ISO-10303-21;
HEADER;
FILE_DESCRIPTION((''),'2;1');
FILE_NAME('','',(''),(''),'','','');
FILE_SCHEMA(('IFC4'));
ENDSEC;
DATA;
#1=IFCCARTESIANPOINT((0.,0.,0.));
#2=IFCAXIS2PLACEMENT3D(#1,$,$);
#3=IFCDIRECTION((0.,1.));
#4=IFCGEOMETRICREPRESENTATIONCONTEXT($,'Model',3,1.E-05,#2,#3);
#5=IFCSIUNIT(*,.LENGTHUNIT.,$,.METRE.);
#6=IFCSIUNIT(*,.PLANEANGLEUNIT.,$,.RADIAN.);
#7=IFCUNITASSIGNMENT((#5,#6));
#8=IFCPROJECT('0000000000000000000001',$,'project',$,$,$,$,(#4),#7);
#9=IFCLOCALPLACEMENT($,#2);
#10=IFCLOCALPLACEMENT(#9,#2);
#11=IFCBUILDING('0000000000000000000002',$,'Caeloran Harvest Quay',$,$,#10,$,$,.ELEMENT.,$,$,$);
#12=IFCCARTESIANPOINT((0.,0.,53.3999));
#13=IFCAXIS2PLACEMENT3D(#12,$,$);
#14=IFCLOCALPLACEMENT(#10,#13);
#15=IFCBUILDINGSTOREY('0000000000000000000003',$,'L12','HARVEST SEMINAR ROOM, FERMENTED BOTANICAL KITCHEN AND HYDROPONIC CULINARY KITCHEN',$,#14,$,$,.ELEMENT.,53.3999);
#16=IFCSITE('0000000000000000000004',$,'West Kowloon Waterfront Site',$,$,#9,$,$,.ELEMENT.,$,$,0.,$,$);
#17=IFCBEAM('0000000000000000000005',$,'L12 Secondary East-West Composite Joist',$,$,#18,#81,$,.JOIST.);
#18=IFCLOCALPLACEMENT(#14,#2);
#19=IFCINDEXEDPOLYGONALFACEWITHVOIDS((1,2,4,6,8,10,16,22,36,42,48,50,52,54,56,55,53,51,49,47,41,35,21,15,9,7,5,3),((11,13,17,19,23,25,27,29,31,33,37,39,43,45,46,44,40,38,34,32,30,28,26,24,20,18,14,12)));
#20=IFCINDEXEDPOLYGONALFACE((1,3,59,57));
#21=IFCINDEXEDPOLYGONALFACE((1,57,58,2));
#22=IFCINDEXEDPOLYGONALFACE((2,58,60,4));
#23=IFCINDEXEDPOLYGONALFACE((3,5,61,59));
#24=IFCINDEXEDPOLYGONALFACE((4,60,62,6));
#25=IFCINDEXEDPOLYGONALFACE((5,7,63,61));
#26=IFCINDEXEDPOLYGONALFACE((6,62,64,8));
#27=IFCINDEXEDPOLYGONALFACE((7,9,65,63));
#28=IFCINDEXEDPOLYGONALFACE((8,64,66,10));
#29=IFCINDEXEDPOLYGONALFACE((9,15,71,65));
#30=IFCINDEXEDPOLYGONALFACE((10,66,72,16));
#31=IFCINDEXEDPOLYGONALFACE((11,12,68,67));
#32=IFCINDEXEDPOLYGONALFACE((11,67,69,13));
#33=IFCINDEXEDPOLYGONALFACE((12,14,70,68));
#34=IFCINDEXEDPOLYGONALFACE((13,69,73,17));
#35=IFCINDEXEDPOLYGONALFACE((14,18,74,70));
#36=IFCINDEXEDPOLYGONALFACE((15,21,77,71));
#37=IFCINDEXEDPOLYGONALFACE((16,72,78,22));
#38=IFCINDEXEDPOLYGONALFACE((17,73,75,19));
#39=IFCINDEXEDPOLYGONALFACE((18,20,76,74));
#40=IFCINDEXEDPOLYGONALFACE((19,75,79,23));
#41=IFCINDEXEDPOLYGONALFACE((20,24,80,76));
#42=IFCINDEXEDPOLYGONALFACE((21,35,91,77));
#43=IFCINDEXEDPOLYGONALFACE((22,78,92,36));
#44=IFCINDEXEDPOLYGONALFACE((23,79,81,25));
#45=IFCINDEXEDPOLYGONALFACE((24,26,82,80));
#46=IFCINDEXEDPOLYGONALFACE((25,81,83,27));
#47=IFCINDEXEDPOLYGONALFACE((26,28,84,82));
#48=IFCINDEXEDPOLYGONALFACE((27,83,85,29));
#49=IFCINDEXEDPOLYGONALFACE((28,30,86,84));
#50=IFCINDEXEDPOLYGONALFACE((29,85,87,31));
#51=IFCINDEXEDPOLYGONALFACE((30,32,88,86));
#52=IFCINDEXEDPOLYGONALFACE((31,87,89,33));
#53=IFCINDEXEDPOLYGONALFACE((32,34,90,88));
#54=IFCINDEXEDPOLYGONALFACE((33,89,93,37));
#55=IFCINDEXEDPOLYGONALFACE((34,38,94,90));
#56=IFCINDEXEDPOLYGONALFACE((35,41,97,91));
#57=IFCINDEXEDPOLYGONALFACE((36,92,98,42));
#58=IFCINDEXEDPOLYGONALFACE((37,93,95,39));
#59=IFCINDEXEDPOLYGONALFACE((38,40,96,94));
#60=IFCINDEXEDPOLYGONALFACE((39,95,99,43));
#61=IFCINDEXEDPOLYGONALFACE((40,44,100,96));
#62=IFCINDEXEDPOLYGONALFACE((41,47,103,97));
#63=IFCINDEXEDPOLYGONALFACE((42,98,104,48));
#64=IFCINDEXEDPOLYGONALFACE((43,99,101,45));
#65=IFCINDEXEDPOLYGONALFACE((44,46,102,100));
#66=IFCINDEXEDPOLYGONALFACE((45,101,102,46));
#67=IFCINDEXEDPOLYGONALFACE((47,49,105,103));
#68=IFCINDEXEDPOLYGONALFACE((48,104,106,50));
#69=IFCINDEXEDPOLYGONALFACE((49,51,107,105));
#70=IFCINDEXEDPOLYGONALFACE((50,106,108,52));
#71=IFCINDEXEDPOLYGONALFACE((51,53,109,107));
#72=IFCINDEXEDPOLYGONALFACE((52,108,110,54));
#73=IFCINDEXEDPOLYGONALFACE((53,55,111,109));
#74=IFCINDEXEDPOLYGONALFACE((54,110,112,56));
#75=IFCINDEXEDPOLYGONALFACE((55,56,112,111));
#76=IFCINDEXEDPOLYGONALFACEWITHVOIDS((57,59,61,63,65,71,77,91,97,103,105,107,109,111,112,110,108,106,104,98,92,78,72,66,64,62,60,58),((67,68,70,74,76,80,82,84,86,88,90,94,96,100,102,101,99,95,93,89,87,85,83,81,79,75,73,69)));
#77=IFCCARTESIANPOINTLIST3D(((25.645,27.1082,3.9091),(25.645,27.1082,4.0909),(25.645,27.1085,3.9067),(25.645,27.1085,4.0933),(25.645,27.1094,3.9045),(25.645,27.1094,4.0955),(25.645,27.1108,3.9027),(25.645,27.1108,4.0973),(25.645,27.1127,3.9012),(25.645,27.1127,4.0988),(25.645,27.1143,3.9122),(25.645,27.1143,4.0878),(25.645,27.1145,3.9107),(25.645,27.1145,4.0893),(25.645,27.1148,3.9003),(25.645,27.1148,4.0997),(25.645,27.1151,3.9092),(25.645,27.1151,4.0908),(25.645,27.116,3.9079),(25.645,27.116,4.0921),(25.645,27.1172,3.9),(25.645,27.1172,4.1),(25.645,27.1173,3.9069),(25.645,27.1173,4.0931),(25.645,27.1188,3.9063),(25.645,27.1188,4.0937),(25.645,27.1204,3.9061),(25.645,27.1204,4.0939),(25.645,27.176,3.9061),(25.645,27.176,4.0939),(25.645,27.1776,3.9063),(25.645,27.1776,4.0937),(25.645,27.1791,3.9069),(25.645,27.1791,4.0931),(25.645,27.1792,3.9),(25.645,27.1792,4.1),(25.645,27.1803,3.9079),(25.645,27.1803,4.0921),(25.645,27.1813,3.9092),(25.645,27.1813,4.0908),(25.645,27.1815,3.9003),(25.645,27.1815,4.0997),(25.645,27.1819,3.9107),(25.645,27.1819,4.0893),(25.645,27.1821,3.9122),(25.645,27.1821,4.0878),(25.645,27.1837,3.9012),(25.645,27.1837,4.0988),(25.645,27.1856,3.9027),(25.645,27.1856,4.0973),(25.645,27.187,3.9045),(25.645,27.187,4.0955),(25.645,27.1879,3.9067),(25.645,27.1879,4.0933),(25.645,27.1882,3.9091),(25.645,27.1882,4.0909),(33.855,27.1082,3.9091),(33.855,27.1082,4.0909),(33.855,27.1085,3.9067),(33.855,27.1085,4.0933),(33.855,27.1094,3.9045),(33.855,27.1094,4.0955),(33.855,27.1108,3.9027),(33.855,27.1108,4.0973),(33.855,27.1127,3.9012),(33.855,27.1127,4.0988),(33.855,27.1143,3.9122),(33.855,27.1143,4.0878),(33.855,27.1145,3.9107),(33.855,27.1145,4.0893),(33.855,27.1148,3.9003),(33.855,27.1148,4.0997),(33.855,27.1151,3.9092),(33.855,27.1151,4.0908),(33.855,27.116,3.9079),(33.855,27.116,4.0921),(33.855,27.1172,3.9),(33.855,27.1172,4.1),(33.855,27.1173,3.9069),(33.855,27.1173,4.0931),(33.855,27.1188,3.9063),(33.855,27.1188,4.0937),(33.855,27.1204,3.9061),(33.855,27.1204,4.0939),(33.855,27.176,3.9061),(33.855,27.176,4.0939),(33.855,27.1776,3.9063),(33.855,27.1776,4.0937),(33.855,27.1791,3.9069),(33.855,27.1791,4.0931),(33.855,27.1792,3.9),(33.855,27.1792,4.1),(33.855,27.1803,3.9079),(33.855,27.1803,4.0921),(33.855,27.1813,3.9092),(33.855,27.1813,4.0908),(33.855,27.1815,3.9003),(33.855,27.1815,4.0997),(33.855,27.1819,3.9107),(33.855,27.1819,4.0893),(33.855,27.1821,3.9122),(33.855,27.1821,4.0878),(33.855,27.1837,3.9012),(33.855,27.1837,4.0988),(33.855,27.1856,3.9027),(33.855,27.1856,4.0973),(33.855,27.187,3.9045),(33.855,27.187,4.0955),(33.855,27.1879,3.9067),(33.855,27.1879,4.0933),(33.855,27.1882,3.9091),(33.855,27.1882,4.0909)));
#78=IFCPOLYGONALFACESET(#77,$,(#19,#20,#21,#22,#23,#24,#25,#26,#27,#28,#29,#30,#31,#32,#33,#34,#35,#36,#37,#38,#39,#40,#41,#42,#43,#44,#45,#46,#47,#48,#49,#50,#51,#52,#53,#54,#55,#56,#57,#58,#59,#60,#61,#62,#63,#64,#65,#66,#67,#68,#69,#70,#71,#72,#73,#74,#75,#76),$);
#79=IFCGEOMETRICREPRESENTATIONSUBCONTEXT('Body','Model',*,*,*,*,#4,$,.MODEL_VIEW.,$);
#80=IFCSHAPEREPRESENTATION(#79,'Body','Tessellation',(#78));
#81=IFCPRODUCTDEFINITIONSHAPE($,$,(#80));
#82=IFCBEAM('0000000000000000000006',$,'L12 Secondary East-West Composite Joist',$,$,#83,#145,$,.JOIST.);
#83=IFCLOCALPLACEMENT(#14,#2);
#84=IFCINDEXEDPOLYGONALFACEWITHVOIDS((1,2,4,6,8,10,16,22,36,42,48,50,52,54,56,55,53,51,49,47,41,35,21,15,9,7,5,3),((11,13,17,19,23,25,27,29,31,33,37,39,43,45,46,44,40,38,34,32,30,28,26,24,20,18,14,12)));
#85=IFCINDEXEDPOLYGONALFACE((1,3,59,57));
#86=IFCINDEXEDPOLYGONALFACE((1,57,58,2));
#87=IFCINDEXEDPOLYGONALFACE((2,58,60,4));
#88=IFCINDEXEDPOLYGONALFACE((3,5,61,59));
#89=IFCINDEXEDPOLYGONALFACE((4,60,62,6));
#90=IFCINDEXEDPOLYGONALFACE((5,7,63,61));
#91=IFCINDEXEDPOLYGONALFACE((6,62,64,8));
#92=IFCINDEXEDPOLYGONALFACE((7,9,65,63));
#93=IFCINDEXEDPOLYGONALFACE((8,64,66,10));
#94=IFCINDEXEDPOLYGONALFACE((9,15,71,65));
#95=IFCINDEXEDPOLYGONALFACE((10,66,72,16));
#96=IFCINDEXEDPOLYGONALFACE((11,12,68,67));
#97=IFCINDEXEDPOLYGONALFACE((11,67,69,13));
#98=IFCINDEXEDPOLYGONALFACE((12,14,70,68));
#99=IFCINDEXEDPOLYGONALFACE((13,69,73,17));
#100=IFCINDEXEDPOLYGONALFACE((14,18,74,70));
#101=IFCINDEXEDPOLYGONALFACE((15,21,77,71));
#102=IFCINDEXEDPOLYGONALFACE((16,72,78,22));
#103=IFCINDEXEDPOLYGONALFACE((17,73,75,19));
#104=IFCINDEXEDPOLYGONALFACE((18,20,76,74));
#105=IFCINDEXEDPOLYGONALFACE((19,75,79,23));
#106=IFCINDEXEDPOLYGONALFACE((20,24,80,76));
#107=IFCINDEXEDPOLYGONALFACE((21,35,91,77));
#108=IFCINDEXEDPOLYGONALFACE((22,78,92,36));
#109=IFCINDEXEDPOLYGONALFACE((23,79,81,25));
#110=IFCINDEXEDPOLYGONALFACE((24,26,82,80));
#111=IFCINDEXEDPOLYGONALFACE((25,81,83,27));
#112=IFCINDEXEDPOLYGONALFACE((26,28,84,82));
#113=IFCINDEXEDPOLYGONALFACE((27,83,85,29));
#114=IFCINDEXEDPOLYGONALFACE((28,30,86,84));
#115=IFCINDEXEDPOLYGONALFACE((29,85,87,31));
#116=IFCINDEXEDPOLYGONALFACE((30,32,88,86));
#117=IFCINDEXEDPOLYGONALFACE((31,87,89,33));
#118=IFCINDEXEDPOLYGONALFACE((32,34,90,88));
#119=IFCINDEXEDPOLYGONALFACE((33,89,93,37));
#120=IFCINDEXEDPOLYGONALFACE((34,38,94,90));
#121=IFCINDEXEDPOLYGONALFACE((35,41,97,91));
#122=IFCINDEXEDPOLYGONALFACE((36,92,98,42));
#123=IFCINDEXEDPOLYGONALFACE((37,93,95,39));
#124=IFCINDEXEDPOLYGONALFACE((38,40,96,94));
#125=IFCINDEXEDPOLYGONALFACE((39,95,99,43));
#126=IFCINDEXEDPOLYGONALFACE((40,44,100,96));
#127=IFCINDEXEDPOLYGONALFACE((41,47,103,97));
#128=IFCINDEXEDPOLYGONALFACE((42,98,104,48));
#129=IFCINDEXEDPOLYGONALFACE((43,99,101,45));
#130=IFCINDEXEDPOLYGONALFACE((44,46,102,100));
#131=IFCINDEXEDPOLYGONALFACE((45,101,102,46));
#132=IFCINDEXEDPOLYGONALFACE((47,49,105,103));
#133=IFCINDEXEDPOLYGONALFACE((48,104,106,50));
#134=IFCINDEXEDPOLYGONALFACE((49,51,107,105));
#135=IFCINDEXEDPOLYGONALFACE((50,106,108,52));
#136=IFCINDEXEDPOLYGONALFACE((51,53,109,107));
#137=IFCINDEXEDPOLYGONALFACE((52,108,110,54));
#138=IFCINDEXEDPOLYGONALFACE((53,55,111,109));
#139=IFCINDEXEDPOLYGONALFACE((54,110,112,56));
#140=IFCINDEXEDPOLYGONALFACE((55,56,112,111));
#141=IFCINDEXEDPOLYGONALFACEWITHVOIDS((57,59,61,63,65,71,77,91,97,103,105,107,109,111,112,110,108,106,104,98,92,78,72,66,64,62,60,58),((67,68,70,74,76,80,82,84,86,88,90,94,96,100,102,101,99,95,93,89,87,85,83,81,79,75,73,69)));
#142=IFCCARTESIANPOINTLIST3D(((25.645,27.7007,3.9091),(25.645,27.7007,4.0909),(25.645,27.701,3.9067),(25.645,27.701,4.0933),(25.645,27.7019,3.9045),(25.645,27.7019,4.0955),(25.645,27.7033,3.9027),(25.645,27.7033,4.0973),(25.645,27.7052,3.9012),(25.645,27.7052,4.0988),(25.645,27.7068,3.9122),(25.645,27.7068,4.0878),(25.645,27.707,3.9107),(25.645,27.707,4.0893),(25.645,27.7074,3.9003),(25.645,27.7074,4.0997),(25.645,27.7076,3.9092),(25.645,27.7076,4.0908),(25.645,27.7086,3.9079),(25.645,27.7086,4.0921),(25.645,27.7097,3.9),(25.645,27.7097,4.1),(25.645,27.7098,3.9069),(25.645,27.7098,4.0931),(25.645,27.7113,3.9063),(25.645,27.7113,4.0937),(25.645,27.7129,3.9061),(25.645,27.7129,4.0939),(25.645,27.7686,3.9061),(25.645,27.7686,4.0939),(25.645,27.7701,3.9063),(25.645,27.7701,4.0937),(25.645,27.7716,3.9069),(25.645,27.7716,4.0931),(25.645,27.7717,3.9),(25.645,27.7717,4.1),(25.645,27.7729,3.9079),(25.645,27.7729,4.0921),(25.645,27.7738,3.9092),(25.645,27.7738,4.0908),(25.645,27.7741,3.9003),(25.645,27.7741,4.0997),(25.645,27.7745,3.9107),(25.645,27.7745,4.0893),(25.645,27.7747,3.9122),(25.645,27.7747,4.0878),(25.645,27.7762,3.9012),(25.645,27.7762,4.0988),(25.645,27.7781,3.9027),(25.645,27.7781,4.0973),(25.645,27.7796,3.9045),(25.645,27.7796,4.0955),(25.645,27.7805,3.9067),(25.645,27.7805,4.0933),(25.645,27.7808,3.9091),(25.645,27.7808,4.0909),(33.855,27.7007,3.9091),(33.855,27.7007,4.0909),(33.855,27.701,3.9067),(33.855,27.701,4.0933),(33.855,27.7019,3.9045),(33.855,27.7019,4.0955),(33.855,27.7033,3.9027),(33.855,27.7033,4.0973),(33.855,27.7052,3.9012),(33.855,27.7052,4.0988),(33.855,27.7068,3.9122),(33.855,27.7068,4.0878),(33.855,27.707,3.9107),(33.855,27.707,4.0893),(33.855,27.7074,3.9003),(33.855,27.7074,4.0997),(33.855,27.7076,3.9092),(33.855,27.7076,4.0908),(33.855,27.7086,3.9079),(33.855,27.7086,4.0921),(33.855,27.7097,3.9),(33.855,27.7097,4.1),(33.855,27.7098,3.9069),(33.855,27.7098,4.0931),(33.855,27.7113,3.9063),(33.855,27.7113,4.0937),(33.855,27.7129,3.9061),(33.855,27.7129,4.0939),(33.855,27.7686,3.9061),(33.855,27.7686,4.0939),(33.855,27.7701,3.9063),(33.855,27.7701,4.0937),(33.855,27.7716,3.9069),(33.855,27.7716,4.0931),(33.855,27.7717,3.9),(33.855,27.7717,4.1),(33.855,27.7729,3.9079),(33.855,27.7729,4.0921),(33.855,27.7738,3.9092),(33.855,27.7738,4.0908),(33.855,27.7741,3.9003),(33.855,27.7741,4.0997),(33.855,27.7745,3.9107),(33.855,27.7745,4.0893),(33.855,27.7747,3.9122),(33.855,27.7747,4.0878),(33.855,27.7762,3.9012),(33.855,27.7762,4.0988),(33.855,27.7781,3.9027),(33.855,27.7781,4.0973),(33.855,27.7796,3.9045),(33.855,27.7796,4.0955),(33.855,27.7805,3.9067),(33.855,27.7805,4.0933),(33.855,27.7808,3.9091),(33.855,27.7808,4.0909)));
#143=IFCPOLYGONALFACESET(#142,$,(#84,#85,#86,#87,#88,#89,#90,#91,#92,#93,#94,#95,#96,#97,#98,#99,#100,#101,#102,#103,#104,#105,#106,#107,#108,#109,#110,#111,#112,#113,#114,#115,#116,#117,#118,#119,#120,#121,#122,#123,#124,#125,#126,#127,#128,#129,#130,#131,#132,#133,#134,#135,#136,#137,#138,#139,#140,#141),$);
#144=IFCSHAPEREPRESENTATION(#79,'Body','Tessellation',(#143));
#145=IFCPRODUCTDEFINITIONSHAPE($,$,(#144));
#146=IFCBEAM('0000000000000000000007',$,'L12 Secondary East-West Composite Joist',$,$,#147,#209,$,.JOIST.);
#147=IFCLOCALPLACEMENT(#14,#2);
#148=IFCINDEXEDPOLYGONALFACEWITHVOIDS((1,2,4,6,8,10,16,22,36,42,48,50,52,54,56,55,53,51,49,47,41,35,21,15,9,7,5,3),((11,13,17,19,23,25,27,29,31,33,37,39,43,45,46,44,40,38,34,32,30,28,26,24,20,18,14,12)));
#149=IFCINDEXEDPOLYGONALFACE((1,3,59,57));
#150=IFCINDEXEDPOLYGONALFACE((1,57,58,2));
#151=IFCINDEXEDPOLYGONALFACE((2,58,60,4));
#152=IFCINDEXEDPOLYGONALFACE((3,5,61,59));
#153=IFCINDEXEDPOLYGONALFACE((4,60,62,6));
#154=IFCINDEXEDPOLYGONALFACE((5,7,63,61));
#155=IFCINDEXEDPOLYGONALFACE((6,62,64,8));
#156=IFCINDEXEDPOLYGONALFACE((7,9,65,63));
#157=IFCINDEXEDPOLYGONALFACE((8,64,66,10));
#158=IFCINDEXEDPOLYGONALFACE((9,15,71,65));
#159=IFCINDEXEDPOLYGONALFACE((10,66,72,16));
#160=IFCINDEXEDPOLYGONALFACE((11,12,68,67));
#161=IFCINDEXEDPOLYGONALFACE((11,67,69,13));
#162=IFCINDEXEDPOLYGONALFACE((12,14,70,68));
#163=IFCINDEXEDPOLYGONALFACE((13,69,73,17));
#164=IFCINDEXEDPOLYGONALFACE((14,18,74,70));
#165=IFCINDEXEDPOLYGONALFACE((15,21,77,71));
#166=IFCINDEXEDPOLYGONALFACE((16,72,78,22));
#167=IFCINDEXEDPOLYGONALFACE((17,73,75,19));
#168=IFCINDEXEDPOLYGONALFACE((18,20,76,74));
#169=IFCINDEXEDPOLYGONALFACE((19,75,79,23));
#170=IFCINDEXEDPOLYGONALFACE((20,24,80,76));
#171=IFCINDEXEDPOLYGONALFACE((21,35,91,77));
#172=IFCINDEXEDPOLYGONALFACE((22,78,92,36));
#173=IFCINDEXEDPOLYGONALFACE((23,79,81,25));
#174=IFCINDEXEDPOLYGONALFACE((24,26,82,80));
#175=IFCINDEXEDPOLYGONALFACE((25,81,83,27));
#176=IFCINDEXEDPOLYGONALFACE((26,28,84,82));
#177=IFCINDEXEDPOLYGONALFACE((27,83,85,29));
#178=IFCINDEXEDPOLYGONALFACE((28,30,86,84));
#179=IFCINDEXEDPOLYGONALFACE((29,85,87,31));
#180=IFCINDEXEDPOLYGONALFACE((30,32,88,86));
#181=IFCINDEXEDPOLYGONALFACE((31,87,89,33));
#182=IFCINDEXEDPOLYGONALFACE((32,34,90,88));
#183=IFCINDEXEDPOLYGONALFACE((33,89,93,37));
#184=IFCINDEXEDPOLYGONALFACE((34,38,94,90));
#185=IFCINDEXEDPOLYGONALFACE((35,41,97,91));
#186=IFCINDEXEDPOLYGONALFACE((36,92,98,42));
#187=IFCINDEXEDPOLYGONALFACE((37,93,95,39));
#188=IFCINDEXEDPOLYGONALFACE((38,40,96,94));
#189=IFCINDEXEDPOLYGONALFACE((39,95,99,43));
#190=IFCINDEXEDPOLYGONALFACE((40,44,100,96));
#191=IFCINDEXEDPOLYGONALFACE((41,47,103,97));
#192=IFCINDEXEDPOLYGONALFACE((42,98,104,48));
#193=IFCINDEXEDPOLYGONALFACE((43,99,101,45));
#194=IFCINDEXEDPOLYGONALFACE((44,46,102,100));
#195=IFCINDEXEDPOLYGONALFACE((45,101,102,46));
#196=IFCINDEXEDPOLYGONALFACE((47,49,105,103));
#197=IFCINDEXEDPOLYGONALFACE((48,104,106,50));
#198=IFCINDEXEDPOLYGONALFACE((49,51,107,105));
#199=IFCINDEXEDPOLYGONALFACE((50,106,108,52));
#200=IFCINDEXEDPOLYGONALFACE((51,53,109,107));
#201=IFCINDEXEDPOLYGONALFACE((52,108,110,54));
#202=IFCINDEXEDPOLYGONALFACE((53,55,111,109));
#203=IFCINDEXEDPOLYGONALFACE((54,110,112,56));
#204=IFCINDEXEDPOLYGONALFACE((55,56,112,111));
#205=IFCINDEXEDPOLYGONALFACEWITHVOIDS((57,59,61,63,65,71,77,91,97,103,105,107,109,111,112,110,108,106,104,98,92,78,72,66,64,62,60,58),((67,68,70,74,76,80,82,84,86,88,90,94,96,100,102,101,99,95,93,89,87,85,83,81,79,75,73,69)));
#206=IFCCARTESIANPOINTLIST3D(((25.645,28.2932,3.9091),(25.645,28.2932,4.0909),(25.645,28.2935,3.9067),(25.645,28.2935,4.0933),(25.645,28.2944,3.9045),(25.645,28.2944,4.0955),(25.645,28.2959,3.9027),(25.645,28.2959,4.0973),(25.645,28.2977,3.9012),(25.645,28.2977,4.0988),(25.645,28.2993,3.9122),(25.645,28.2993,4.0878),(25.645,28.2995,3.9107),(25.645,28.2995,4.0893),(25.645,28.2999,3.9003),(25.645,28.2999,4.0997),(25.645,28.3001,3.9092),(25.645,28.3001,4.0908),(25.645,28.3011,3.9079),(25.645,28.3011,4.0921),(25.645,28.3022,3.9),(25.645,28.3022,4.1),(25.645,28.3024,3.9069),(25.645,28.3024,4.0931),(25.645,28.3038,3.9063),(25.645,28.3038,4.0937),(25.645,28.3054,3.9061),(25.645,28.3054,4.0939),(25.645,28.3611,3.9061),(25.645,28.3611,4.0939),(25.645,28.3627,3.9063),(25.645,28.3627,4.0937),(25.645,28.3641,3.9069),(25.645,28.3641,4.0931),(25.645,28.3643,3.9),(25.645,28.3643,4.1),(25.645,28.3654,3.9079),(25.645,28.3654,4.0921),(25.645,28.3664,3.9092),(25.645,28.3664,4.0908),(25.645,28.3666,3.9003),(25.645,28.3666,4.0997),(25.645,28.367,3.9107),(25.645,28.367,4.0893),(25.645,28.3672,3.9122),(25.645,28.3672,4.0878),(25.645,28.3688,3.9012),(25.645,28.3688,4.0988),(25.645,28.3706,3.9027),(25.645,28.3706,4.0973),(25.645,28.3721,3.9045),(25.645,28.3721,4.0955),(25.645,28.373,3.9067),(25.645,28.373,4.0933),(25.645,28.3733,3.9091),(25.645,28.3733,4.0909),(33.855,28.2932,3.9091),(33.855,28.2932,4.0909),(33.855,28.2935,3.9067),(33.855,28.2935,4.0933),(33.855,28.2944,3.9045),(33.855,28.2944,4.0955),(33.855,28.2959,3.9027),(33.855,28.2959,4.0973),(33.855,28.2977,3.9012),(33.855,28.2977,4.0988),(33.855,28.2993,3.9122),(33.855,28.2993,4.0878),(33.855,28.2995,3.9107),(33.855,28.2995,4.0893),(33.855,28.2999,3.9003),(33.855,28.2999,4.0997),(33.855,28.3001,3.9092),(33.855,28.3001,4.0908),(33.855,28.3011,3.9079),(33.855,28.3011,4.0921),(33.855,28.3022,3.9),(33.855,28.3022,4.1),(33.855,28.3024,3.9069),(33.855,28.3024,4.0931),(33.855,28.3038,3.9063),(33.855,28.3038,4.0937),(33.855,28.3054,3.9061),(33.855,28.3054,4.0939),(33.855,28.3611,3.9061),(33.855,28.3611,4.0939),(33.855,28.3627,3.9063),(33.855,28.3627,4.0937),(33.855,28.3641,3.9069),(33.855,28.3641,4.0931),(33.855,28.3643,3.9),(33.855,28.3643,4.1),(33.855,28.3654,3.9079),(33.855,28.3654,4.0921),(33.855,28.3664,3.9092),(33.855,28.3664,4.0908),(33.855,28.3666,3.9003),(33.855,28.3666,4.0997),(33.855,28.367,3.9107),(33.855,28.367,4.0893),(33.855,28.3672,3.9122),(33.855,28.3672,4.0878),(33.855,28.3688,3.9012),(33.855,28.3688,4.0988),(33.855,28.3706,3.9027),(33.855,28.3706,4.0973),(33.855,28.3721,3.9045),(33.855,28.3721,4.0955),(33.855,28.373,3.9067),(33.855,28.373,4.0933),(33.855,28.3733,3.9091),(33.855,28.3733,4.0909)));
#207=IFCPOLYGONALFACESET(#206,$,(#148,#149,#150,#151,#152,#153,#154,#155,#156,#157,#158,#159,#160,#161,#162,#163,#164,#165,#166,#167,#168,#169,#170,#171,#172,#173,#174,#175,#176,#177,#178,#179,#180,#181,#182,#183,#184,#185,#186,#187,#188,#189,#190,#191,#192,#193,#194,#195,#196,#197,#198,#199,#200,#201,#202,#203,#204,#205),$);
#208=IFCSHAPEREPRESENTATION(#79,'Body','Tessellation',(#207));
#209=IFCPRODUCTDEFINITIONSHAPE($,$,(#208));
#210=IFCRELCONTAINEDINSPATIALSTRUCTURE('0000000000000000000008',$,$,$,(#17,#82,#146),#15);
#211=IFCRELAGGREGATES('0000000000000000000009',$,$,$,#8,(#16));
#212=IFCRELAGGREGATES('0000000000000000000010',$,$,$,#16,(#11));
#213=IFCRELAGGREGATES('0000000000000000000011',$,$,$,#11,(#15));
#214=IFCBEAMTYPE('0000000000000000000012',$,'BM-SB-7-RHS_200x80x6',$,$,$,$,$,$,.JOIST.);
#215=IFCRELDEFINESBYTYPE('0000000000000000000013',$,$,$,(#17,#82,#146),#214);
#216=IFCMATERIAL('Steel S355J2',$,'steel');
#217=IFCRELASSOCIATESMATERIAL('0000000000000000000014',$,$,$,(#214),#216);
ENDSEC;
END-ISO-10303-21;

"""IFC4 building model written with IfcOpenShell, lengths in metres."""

from ifc_helpers import new_model, si_unit, direction, frame, origin, origin_2d, place, context, subcontext, project, spatial, hollow_rectangle, extrude, material, material_profile, profile_set, type_object, element, save


model = new_model("IFC4")

# Units and contexts
model_context = context("Model", 3, precision=1e-05, world=origin(), true_north=direction((0.0, 1.0)))
body_context = subcontext(model_context, "Body", "Model", "MODEL_VIEW")
ifc_project = project(units=[si_unit("LENGTHUNIT", "METRE"), si_unit("PLANEANGLEUNIT", "RADIAN")], contexts=[model_context])

# Site, building, storey
site_placement = place(None, origin())
site = spatial("IfcSite", under=ifc_project, at=site_placement, Name="West Kowloon Waterfront Site", CompositionType="ELEMENT", RefElevation=0.0)
building_placement = place(site_placement, origin())
building = spatial("IfcBuilding", under=site, at=building_placement, Name="Caeloran Harvest Quay", CompositionType="ELEMENT")
storey_placement = place(building_placement, frame((0.0, 0.0, 53.3999)))
storey = spatial("IfcBuildingStorey", under=building, at=storey_placement, Name="L12", Description="HARVEST SEMINAR ROOM, FERMENTED BOTANICAL KITCHEN AND HYDROPONIC CULINARY KITCHEN", CompositionType="ELEMENT", Elevation=53.3999)

# Beams
ifc_material_1 = material(Name="Steel S355J2", Category="steel")
ifc_material_profile_1 = material_profile(ifc_material_1, hollow_rectangle(XDim=0.0801, YDim=0.2, WallThickness=0.0061, InnerFilletRadius=0.0061, OuterFilletRadius=0.009, at=origin_2d()), Name="RHS 200x80x6")
ifc_profile_set_1 = profile_set([ifc_material_profile_1], Name="Steel S355J2")
beam_type_1 = type_object("IfcBeamType", Name="BM-SB-7-RHS_200x80x6", PredefinedType="JOIST", material=ifc_profile_set_1)
for number, where, z_axis, x_axis, name in (
    (1, (25.645, 27.1482, 4.0), (1.0, 0.0, 0.0), (0.0, 1.0, 0.0), "L12 Secondary East-West Composite Joist"),
    (2, (25.645, 27.7407, 4.0), (1.0, 0.0, 0.0), (0.0, 1.0, 0.0), "L12 Secondary East-West Composite Joist"),
    (3, (25.645, 28.3333, 4.0), (1.0, 0.0, 0.0), (0.0, 1.0, 0.0), "L12 Secondary East-West Composite Joist"),
):
    element("IfcBeam", number, at=place(storey_placement, frame(where, z_axis=z_axis, x_axis=x_axis)), inside=storey, type_object=beam_type_1, Name=name, PredefinedType="JOIST", context=body_context, shape_type="SweptSolid", body=[
        extrude(hollow_rectangle(XDim=0.0801, YDim=0.2, WallThickness=0.0061, InnerFilletRadius=0.0061, OuterFilletRadius=0.009, at=origin_2d()), origin(), (0.0, 0.0, 1.0), 8.21),
    ])

save(model, "model.ifc")
